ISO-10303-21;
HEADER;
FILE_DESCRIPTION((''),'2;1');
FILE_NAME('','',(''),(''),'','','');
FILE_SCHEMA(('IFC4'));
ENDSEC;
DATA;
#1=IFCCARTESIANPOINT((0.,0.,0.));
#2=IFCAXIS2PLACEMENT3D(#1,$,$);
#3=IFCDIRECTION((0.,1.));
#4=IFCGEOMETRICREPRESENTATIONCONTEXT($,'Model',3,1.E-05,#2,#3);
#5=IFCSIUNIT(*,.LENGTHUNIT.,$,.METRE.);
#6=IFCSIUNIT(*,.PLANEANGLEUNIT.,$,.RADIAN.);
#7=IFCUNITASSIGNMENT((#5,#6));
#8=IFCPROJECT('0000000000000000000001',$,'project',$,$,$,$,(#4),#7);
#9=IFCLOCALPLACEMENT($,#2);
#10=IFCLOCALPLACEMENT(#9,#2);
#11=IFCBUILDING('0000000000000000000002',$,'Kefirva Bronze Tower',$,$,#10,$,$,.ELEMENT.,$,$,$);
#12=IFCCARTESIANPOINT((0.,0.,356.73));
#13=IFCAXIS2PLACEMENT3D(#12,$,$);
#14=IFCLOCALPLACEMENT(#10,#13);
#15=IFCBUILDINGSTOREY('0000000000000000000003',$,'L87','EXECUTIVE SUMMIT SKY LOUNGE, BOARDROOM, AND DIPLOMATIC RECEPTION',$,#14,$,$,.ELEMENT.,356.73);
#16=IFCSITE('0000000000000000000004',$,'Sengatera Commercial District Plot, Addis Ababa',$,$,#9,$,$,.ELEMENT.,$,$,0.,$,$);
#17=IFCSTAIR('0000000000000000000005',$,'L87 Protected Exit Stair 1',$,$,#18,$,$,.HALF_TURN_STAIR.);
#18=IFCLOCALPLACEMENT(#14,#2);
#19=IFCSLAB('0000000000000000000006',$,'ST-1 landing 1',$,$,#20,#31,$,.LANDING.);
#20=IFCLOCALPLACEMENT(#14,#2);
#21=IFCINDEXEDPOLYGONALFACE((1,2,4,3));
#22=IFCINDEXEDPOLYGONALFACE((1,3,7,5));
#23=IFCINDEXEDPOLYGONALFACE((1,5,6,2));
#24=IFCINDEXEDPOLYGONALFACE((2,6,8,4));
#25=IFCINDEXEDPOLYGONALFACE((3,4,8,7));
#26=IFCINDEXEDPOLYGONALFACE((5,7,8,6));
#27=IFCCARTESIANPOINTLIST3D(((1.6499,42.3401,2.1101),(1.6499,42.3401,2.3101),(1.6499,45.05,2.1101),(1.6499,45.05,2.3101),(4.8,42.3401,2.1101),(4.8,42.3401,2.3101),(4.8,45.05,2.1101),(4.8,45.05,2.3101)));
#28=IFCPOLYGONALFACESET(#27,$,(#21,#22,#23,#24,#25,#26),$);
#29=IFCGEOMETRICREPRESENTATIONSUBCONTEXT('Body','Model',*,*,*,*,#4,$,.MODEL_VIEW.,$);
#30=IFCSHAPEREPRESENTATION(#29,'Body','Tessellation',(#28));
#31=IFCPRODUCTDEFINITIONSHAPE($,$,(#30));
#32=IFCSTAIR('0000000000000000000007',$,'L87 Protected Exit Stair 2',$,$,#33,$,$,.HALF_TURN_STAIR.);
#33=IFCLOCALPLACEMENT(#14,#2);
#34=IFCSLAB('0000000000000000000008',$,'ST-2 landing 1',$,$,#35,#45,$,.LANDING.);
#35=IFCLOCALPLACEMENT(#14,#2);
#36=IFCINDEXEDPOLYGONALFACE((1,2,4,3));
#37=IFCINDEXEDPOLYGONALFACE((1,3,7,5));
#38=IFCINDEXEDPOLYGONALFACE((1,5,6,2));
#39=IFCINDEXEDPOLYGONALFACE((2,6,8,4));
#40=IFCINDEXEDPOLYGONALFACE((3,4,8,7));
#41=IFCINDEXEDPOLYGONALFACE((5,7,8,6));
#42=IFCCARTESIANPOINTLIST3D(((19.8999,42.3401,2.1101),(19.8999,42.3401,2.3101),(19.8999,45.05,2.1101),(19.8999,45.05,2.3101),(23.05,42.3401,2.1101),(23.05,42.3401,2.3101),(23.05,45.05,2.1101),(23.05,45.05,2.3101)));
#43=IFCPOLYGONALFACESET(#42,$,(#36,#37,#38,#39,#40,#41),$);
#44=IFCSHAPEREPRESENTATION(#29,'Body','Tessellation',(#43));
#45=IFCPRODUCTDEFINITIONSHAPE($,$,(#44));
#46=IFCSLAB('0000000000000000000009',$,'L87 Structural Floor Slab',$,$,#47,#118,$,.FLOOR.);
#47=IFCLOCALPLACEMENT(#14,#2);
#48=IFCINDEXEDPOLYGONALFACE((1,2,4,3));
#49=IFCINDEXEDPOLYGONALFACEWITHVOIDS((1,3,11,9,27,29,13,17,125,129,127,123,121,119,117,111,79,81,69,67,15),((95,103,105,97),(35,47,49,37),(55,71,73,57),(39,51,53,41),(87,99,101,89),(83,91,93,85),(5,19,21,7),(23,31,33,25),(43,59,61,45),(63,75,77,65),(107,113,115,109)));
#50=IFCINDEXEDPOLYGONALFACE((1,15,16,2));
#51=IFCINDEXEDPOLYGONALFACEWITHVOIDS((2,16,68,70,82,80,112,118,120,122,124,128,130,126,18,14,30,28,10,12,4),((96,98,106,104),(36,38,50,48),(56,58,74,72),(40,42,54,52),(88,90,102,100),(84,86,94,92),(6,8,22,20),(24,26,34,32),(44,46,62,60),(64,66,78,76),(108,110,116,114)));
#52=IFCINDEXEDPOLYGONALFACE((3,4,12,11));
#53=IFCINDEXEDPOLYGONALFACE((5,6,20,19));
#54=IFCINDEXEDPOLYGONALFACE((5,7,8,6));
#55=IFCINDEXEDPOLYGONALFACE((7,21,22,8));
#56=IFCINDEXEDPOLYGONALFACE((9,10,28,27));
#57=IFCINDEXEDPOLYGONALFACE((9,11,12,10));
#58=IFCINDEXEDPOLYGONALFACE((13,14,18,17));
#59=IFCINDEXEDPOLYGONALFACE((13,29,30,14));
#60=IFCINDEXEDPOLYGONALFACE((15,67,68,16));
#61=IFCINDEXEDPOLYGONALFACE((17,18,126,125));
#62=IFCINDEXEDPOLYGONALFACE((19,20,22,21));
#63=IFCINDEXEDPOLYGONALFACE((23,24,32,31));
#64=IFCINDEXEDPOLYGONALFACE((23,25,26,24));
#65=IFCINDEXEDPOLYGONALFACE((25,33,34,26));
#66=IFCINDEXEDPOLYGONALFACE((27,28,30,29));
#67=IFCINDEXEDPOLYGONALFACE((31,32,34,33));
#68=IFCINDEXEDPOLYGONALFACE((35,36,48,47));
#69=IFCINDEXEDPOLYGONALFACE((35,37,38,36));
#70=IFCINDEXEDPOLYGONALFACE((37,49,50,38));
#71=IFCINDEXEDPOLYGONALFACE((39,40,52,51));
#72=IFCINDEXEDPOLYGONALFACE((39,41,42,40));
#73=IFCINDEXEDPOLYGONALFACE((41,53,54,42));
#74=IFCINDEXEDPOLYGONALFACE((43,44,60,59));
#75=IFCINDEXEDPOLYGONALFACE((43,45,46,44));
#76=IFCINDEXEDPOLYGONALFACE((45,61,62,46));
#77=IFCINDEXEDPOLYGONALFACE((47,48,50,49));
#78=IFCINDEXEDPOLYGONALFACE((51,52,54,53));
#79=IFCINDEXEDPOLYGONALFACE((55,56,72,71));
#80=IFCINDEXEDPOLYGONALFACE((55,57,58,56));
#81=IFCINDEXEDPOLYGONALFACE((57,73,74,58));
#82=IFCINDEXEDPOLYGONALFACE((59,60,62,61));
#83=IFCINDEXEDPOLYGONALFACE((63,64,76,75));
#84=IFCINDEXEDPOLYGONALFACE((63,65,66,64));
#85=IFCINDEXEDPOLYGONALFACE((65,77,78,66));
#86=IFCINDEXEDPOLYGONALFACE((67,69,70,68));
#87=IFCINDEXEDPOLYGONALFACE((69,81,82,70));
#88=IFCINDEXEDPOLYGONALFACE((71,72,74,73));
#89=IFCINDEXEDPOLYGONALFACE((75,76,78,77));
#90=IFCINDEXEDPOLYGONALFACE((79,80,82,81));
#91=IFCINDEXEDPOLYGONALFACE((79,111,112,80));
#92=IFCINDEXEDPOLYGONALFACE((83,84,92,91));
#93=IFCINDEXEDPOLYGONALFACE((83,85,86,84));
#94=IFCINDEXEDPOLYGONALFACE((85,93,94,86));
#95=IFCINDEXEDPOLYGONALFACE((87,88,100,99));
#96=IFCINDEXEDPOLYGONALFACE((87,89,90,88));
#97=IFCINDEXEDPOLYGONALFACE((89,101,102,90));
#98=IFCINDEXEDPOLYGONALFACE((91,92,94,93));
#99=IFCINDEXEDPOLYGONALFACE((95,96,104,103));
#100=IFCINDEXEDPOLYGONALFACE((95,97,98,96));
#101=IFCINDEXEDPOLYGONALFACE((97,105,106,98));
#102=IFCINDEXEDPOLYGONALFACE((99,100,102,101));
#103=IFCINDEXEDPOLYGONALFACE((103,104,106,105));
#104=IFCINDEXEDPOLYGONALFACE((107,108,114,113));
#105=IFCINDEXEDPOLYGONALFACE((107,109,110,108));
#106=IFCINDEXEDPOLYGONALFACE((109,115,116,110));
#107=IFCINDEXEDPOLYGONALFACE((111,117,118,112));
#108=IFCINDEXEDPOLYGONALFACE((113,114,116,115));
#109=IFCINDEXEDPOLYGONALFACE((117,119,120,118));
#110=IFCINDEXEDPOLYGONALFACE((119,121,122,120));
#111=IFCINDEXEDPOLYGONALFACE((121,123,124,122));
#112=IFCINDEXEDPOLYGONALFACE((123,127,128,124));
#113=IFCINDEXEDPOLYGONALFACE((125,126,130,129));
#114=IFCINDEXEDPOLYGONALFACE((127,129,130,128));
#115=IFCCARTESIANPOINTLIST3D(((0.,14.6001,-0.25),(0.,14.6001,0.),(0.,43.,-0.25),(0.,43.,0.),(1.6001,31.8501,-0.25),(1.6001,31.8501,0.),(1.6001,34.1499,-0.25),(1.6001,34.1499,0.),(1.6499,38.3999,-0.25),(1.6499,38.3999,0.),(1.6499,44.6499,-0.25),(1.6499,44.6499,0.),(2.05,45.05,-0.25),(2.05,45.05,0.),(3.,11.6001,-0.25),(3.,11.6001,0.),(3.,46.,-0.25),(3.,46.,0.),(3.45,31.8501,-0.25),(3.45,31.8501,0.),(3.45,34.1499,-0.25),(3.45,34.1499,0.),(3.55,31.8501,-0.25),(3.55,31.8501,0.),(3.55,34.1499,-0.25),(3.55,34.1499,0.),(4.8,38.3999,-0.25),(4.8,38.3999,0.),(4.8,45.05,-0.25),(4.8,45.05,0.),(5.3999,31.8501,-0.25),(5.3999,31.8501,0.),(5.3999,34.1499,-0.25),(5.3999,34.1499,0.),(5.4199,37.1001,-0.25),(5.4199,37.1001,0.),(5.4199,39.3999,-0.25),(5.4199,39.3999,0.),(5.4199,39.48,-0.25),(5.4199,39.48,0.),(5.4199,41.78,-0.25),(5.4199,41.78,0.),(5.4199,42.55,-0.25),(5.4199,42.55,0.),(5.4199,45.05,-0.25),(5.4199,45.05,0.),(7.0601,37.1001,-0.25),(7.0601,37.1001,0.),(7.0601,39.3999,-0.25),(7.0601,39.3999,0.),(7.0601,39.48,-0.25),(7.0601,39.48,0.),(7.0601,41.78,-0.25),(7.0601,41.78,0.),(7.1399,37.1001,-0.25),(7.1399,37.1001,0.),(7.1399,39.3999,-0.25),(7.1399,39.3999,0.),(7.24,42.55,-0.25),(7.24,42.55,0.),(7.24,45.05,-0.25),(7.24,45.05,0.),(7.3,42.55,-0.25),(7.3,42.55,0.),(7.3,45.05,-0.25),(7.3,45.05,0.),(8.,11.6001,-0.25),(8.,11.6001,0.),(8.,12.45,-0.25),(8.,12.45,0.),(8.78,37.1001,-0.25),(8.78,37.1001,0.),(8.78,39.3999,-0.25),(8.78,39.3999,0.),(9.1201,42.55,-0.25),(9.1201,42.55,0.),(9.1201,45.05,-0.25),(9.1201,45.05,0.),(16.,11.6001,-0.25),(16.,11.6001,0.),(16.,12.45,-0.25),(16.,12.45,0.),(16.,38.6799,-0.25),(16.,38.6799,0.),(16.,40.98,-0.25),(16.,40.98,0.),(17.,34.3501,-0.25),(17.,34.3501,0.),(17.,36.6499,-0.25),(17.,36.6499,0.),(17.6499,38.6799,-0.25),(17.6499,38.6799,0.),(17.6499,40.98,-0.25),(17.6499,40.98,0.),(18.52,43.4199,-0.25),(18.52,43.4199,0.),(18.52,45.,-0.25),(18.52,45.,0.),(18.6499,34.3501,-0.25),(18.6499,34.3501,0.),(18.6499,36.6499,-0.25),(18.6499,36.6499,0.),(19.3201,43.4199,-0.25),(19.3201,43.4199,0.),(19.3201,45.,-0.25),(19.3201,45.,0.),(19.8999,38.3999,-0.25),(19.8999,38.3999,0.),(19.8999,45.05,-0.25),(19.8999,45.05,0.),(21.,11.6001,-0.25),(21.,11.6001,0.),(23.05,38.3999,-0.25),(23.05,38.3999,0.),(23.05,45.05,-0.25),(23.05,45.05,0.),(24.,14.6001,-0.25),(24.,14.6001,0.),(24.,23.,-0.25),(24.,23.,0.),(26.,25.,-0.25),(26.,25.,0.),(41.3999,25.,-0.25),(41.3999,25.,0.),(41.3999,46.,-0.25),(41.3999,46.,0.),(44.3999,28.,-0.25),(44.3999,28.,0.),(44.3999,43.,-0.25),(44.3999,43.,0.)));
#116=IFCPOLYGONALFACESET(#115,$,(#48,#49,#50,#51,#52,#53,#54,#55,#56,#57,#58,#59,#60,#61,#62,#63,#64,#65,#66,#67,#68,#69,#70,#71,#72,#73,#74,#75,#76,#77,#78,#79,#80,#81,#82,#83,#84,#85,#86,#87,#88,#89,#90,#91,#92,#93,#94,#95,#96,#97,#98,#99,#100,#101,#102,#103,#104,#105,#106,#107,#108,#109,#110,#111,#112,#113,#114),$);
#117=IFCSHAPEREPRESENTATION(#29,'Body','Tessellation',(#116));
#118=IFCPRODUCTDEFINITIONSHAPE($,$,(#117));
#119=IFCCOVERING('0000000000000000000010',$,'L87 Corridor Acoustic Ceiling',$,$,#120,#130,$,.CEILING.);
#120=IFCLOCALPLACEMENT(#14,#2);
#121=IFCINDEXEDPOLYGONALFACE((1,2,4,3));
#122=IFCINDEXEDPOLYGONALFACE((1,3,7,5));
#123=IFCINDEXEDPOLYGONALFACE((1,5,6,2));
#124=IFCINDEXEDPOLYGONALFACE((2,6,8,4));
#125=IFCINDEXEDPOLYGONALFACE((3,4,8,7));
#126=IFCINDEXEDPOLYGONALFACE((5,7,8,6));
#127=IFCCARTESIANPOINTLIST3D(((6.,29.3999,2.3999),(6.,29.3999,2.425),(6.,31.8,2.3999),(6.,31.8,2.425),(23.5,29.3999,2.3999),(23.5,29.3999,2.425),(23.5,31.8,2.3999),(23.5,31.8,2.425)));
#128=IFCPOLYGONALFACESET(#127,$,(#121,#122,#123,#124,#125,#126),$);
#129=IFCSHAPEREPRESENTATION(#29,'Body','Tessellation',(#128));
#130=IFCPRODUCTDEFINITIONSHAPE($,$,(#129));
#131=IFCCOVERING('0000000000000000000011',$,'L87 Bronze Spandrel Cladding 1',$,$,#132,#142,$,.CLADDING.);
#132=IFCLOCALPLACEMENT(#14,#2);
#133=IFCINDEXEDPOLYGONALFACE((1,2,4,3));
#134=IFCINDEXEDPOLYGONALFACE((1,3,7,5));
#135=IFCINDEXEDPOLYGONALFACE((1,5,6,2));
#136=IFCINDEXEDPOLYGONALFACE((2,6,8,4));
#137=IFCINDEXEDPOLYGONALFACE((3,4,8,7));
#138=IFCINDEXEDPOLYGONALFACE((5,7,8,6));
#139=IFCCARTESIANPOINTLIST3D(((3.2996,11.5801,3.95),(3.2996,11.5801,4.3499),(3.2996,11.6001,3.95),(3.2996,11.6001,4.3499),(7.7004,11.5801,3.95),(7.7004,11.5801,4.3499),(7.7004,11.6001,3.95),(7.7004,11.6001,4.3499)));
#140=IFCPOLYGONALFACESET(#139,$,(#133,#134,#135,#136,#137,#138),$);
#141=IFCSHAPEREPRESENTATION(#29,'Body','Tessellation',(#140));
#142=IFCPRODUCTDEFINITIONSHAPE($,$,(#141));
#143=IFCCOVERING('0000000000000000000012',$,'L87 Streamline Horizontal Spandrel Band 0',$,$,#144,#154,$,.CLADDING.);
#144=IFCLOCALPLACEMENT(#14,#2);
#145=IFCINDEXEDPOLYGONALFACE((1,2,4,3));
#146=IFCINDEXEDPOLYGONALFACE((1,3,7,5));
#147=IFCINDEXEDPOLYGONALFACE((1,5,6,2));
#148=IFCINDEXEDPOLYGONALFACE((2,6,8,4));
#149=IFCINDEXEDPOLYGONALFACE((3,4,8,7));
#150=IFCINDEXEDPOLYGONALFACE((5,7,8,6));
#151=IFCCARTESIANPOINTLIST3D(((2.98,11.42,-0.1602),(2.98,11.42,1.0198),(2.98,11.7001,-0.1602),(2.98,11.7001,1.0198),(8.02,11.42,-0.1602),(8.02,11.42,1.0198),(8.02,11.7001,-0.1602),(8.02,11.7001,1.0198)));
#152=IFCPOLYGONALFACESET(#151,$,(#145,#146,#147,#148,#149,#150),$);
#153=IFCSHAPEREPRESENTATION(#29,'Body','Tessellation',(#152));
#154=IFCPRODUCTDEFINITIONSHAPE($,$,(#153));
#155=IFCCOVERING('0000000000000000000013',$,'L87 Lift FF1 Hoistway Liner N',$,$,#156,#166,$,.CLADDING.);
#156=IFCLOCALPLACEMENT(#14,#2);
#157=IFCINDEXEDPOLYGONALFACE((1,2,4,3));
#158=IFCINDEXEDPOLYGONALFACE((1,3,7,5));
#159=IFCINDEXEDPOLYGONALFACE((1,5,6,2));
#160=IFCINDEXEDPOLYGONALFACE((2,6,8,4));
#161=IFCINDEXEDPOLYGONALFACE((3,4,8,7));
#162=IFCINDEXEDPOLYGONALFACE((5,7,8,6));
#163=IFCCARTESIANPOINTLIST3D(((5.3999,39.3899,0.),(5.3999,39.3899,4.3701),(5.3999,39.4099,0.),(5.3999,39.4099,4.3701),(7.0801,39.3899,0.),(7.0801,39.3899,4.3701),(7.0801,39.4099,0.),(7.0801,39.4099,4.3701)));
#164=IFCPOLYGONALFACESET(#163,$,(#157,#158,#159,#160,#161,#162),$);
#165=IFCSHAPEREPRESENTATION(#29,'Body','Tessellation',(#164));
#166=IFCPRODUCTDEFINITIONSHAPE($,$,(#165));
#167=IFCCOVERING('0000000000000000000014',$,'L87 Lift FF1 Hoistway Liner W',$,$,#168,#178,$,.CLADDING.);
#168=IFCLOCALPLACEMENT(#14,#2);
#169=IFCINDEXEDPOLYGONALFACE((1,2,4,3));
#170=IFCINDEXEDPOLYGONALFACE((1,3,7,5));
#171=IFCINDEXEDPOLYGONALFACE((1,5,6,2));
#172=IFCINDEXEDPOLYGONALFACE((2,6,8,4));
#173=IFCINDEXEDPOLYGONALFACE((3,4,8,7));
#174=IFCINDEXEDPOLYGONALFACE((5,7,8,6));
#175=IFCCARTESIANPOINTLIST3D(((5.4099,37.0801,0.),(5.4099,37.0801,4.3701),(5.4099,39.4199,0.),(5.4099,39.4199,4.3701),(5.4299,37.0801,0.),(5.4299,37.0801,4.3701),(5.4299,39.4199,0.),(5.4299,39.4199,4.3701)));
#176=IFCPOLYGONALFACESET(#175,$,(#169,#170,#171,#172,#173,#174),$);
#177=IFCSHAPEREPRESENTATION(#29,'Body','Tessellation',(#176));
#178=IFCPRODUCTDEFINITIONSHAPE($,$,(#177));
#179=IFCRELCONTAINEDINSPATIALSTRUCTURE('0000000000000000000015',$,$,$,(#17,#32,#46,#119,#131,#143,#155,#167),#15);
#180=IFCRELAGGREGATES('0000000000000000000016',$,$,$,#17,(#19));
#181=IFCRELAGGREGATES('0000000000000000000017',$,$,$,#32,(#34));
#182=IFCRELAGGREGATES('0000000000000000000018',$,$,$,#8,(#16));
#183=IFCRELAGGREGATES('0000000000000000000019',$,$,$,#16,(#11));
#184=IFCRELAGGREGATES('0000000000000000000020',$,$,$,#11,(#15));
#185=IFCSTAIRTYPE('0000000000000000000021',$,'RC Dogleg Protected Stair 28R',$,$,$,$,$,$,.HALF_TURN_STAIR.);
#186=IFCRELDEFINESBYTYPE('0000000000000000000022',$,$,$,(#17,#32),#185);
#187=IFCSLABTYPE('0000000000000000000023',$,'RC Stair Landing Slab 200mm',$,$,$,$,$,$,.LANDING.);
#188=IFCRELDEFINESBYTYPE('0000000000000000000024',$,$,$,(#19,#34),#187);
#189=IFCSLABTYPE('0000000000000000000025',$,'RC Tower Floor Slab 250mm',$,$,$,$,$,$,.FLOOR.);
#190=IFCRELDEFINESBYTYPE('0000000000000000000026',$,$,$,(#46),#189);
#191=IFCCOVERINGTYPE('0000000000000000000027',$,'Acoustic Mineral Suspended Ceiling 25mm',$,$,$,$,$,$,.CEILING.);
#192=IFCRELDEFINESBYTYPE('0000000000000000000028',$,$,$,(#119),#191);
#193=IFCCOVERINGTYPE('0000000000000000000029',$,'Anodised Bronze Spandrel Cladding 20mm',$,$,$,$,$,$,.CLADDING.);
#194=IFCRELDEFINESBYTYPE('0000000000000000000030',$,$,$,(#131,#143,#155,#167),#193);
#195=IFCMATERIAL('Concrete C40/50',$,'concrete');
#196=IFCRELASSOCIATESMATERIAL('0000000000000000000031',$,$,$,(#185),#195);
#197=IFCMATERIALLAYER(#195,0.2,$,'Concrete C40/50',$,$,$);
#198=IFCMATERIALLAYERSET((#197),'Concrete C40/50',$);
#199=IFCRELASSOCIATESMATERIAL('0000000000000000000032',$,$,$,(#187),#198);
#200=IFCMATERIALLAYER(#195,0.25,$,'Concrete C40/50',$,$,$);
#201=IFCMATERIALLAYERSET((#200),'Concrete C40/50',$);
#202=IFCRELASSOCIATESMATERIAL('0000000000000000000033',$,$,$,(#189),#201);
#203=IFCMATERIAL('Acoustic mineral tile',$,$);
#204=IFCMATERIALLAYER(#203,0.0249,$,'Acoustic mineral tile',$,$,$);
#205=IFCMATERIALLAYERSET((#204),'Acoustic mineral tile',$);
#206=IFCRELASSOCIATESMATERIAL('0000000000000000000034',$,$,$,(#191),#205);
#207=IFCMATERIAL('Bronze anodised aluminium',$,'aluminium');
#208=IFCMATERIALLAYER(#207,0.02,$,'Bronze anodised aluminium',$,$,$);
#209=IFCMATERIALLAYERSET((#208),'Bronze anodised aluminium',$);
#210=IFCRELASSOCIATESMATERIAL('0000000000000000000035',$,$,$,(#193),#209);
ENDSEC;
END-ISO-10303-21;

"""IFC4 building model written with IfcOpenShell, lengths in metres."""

from ifc_helpers import new_model, si_unit, direction, frame, origin, origin_2d, place, context, subcontext, project, spatial, polyline, rectangle, outline, extrude, material, layer, layer_set, type_object, element, aggregate, save


model = new_model("IFC4")

# Units and contexts
model_context = context("Model", 3, precision=1e-05, world=origin(), true_north=direction((0.0, 1.0)))
body_context = subcontext(model_context, "Body", "Model", "MODEL_VIEW")
ifc_project = project(units=[si_unit("LENGTHUNIT", "METRE"), si_unit("PLANEANGLEUNIT", "RADIAN")], contexts=[model_context])

# Site, building, storey
site_placement = place(None, origin())
site = spatial("IfcSite", under=ifc_project, at=site_placement, Name="Sengatera Commercial District Plot, Addis Ababa", CompositionType="ELEMENT", RefElevation=0.0)
building_placement = place(site_placement, origin())
building = spatial("IfcBuilding", under=site, at=building_placement, Name="Kefirva Bronze Tower", CompositionType="ELEMENT")
storey_placement = place(building_placement, frame((0.0, 0.0, 356.73)))
storey = spatial("IfcBuildingStorey", under=building, at=storey_placement, Name="L87", Description="EXECUTIVE SUMMIT SKY LOUNGE, BOARDROOM, AND DIPLOMATIC RECEPTION", CompositionType="ELEMENT", Elevation=356.73)

# Stairs, slabs
ifc_material_1 = material(Name="Concrete C40/50", Category="concrete")
stair_type = type_object("IfcStairType", Name="RC Dogleg Protected Stair 28R", PredefinedType="HALF_TURN_STAIR", material=ifc_material_1)
stair_1_placement = place(storey_placement, origin())
stair_1 = element("IfcStair", 1, at=stair_1_placement, inside=storey, type_object=stair_type, Name="L87 Protected Exit Stair 1", PredefinedType="HALF_TURN_STAIR")
ifc_layer_1 = layer(ifc_material_1, 0.2, Name="Concrete C40/50")
ifc_layer_set_1 = layer_set([ifc_layer_1], Name="Concrete C40/50")
slab_type_1 = type_object("IfcSlabType", Name="RC Stair Landing Slab 200mm", PredefinedType="LANDING", material=ifc_layer_set_1)
slab_1_placement = place(storey_placement, frame((0.0, 0.0, 2.1101)))
slab_1 = element("IfcSlab", 2, at=slab_1_placement, type_object=slab_type_1, Name="ST-1 landing 1", PredefinedType="LANDING", context=body_context, shape_type="SweptSolid", body=[
    extrude(outline(polyline([(4.8, 42.3401), (4.8, 45.05), (1.6499, 45.05), (1.6499, 42.3401), (4.8, 42.3401)])), origin(), (0.0, 0.0, 1.0), 0.2),
])
aggregate(stair_1, [slab_1])
stair_2_placement = place(storey_placement, origin())
stair_2 = element("IfcStair", 3, at=stair_2_placement, inside=storey, type_object=stair_type, Name="L87 Protected Exit Stair 2", PredefinedType="HALF_TURN_STAIR")
slab_2_placement = place(storey_placement, frame((0.0, 0.0, 2.1101)))
slab_2 = element("IfcSlab", 4, at=slab_2_placement, type_object=slab_type_1, Name="ST-2 landing 1", PredefinedType="LANDING", context=body_context, shape_type="SweptSolid", body=[
    extrude(outline(polyline([(23.05, 42.3401), (23.05, 45.05), (19.8999, 45.05), (19.8999, 42.3401), (23.05, 42.3401)])), origin(), (0.0, 0.0, 1.0), 0.2),
])
aggregate(stair_2, [slab_2])

# Slab
ifc_layer_2 = layer(ifc_material_1, 0.25, Name="Concrete C40/50")
ifc_layer_set_2 = layer_set([ifc_layer_2], Name="Concrete C40/50")
slab_type_2 = type_object("IfcSlabType", Name="RC Tower Floor Slab 250mm", PredefinedType="FLOOR", material=ifc_layer_set_2)
slab_3_placement = place(storey_placement, frame((0.0, 0.0, -0.25)))
element("IfcSlab", 5, at=slab_3_placement, inside=storey, type_object=slab_type_2, Name="L87 Structural Floor Slab", PredefinedType="FLOOR", context=body_context, shape_type="SweptSolid", body=[
    extrude(outline(polyline([(0.0, 14.6001), (0.0, 43.0), (1.6499, 44.6499), (1.6499, 38.3999), (4.8, 38.3999), (4.8, 45.05), (2.05, 45.05), (3.0, 46.0), (41.3999, 46.0), (44.3999, 43.0), (44.3999, 28.0), (41.3999, 25.0), (26.0, 25.0), (24.0, 23.0), (24.0, 14.6001), (21.0, 11.6001), (16.0, 11.6001), (16.0, 12.45), (8.0, 12.45), (8.0, 11.6001), (3.0, 11.6001), (0.0, 14.6001)]), holes=[polyline([(23.05, 45.05), (19.8999, 45.05), (19.8999, 38.3999), (23.05, 38.3999), (23.05, 45.05)]), polyline([(19.3201, 43.4199), (19.3201, 45.0), (18.52, 45.0), (18.52, 43.4199), (19.3201, 43.4199)]), polyline([(18.6499, 36.6499), (17.0, 36.6499), (17.0, 34.3501), (18.6499, 34.3501), (18.6499, 36.6499)]), polyline([(17.6499, 38.6799), (17.6499, 40.98), (16.0, 40.98), (16.0, 38.6799), (17.6499, 38.6799)]), polyline([(9.1201, 42.55), (9.1201, 45.05), (7.3, 45.05), (7.3, 42.55), (9.1201, 42.55)]), polyline([(8.78, 37.1001), (8.78, 39.3999), (7.1399, 39.3999), (7.1399, 37.1001), (8.78, 37.1001)]), polyline([(7.24, 42.55), (7.24, 45.05), (5.4199, 45.05), (5.4199, 42.55), (7.24, 42.55)]), polyline([(7.0601, 37.1001), (7.0601, 39.3999), (5.4199, 39.3999), (5.4199, 37.1001), (7.0601, 37.1001)]), polyline([(7.0601, 41.78), (5.4199, 41.78), (5.4199, 39.48), (7.0601, 39.48), (7.0601, 41.78)]), polyline([(5.3999, 31.8501), (5.3999, 34.1499), (3.55, 34.1499), (3.55, 31.8501), (5.3999, 31.8501)]), polyline([(3.45, 34.1499), (1.6001, 34.1499), (1.6001, 31.8501), (3.45, 31.8501), (3.45, 34.1499)])]), origin(), (0.0, 0.0, 1.0), 0.25),
])

# Coverings
ifc_material_2 = material(Name="Acoustic mineral tile")
ifc_layer_3 = layer(ifc_material_2, 0.0249, Name="Acoustic mineral tile")
ifc_layer_set_3 = layer_set([ifc_layer_3], Name="Acoustic mineral tile")
covering_type_1 = type_object("IfcCoveringType", Name="Acoustic Mineral Suspended Ceiling 25mm", PredefinedType="CEILING", material=ifc_layer_set_3)
covering_1_placement = place(storey_placement, frame((0.0, 0.0, 2.3999)))
element("IfcCovering", 6, at=covering_1_placement, inside=storey, type_object=covering_type_1, Name="L87 Corridor Acoustic Ceiling", PredefinedType="CEILING", context=body_context, shape_type="SweptSolid", body=[
    extrude(outline(polyline([(6.0, 29.3999), (23.5, 29.3999), (23.5, 31.8), (6.0, 31.8), (6.0, 29.3999)])), origin(), (0.0, 0.0, 1.0), 0.0251),
])
ifc_material_3 = material(Name="Bronze anodised aluminium", Category="aluminium")
ifc_layer_4 = layer(ifc_material_3, 0.02, Name="Bronze anodised aluminium")
ifc_layer_set_4 = layer_set([ifc_layer_4], Name="Bronze anodised aluminium")
covering_type_2 = type_object("IfcCoveringType", Name="Anodised Bronze Spandrel Cladding 20mm", PredefinedType="CLADDING", material=ifc_layer_set_4)
covering_2_placement = place(storey_placement, frame((5.5, 11.5901, 3.95), z_axis=(0.0, 0.0, 1.0), x_axis=(1.0, 0.0, 0.0)))
element("IfcCovering", 7, at=covering_2_placement, inside=storey, type_object=covering_type_2, Name="L87 Bronze Spandrel Cladding 1", PredefinedType="CLADDING", context=body_context, shape_type="SweptSolid", body=[
    extrude(rectangle(XDim=4.4009, YDim=0.02, at=origin_2d()), origin(), (0.0, 0.0, 1.0), 0.3999),
])
covering_3_placement = place(storey_placement, frame((5.5, 11.5601, -0.1602), z_axis=(0.0, 0.0, 1.0), x_axis=(1.0, 0.0, 0.0)))
element("IfcCovering", 8, at=covering_3_placement, inside=storey, type_object=covering_type_2, Name="L87 Streamline Horizontal Spandrel Band 0", PredefinedType="CLADDING", context=body_context, shape_type="SweptSolid", body=[
    extrude(rectangle(XDim=5.04, YDim=0.28, at=origin_2d()), origin(), (0.0, 0.0, 1.0), 1.1799),
])
covering_4_placement = place(storey_placement, origin())
element("IfcCovering", 9, at=covering_4_placement, inside=storey, type_object=covering_type_2, Name="L87 Lift FF1 Hoistway Liner N", PredefinedType="CLADDING", context=body_context, shape_type="SweptSolid", body=[
    extrude(outline(polyline([(5.3999, 39.3899), (7.0801, 39.3899), (7.0801, 39.4099), (5.3999, 39.4099), (5.3999, 39.3899)])), origin(), (0.0, 0.0, 1.0), 4.3701),
])
covering_5_placement = place(storey_placement, origin())
element("IfcCovering", 10, at=covering_5_placement, inside=storey, type_object=covering_type_2, Name="L87 Lift FF1 Hoistway Liner W", PredefinedType="CLADDING", context=body_context, shape_type="SweptSolid", body=[
    extrude(outline(polyline([(5.4099, 37.0801), (5.4299, 37.0801), (5.4299, 39.4199), (5.4099, 39.4199), (5.4099, 37.0801)])), origin(), (0.0, 0.0, 1.0), 4.3701),
])

save(model, "model.ifc")
